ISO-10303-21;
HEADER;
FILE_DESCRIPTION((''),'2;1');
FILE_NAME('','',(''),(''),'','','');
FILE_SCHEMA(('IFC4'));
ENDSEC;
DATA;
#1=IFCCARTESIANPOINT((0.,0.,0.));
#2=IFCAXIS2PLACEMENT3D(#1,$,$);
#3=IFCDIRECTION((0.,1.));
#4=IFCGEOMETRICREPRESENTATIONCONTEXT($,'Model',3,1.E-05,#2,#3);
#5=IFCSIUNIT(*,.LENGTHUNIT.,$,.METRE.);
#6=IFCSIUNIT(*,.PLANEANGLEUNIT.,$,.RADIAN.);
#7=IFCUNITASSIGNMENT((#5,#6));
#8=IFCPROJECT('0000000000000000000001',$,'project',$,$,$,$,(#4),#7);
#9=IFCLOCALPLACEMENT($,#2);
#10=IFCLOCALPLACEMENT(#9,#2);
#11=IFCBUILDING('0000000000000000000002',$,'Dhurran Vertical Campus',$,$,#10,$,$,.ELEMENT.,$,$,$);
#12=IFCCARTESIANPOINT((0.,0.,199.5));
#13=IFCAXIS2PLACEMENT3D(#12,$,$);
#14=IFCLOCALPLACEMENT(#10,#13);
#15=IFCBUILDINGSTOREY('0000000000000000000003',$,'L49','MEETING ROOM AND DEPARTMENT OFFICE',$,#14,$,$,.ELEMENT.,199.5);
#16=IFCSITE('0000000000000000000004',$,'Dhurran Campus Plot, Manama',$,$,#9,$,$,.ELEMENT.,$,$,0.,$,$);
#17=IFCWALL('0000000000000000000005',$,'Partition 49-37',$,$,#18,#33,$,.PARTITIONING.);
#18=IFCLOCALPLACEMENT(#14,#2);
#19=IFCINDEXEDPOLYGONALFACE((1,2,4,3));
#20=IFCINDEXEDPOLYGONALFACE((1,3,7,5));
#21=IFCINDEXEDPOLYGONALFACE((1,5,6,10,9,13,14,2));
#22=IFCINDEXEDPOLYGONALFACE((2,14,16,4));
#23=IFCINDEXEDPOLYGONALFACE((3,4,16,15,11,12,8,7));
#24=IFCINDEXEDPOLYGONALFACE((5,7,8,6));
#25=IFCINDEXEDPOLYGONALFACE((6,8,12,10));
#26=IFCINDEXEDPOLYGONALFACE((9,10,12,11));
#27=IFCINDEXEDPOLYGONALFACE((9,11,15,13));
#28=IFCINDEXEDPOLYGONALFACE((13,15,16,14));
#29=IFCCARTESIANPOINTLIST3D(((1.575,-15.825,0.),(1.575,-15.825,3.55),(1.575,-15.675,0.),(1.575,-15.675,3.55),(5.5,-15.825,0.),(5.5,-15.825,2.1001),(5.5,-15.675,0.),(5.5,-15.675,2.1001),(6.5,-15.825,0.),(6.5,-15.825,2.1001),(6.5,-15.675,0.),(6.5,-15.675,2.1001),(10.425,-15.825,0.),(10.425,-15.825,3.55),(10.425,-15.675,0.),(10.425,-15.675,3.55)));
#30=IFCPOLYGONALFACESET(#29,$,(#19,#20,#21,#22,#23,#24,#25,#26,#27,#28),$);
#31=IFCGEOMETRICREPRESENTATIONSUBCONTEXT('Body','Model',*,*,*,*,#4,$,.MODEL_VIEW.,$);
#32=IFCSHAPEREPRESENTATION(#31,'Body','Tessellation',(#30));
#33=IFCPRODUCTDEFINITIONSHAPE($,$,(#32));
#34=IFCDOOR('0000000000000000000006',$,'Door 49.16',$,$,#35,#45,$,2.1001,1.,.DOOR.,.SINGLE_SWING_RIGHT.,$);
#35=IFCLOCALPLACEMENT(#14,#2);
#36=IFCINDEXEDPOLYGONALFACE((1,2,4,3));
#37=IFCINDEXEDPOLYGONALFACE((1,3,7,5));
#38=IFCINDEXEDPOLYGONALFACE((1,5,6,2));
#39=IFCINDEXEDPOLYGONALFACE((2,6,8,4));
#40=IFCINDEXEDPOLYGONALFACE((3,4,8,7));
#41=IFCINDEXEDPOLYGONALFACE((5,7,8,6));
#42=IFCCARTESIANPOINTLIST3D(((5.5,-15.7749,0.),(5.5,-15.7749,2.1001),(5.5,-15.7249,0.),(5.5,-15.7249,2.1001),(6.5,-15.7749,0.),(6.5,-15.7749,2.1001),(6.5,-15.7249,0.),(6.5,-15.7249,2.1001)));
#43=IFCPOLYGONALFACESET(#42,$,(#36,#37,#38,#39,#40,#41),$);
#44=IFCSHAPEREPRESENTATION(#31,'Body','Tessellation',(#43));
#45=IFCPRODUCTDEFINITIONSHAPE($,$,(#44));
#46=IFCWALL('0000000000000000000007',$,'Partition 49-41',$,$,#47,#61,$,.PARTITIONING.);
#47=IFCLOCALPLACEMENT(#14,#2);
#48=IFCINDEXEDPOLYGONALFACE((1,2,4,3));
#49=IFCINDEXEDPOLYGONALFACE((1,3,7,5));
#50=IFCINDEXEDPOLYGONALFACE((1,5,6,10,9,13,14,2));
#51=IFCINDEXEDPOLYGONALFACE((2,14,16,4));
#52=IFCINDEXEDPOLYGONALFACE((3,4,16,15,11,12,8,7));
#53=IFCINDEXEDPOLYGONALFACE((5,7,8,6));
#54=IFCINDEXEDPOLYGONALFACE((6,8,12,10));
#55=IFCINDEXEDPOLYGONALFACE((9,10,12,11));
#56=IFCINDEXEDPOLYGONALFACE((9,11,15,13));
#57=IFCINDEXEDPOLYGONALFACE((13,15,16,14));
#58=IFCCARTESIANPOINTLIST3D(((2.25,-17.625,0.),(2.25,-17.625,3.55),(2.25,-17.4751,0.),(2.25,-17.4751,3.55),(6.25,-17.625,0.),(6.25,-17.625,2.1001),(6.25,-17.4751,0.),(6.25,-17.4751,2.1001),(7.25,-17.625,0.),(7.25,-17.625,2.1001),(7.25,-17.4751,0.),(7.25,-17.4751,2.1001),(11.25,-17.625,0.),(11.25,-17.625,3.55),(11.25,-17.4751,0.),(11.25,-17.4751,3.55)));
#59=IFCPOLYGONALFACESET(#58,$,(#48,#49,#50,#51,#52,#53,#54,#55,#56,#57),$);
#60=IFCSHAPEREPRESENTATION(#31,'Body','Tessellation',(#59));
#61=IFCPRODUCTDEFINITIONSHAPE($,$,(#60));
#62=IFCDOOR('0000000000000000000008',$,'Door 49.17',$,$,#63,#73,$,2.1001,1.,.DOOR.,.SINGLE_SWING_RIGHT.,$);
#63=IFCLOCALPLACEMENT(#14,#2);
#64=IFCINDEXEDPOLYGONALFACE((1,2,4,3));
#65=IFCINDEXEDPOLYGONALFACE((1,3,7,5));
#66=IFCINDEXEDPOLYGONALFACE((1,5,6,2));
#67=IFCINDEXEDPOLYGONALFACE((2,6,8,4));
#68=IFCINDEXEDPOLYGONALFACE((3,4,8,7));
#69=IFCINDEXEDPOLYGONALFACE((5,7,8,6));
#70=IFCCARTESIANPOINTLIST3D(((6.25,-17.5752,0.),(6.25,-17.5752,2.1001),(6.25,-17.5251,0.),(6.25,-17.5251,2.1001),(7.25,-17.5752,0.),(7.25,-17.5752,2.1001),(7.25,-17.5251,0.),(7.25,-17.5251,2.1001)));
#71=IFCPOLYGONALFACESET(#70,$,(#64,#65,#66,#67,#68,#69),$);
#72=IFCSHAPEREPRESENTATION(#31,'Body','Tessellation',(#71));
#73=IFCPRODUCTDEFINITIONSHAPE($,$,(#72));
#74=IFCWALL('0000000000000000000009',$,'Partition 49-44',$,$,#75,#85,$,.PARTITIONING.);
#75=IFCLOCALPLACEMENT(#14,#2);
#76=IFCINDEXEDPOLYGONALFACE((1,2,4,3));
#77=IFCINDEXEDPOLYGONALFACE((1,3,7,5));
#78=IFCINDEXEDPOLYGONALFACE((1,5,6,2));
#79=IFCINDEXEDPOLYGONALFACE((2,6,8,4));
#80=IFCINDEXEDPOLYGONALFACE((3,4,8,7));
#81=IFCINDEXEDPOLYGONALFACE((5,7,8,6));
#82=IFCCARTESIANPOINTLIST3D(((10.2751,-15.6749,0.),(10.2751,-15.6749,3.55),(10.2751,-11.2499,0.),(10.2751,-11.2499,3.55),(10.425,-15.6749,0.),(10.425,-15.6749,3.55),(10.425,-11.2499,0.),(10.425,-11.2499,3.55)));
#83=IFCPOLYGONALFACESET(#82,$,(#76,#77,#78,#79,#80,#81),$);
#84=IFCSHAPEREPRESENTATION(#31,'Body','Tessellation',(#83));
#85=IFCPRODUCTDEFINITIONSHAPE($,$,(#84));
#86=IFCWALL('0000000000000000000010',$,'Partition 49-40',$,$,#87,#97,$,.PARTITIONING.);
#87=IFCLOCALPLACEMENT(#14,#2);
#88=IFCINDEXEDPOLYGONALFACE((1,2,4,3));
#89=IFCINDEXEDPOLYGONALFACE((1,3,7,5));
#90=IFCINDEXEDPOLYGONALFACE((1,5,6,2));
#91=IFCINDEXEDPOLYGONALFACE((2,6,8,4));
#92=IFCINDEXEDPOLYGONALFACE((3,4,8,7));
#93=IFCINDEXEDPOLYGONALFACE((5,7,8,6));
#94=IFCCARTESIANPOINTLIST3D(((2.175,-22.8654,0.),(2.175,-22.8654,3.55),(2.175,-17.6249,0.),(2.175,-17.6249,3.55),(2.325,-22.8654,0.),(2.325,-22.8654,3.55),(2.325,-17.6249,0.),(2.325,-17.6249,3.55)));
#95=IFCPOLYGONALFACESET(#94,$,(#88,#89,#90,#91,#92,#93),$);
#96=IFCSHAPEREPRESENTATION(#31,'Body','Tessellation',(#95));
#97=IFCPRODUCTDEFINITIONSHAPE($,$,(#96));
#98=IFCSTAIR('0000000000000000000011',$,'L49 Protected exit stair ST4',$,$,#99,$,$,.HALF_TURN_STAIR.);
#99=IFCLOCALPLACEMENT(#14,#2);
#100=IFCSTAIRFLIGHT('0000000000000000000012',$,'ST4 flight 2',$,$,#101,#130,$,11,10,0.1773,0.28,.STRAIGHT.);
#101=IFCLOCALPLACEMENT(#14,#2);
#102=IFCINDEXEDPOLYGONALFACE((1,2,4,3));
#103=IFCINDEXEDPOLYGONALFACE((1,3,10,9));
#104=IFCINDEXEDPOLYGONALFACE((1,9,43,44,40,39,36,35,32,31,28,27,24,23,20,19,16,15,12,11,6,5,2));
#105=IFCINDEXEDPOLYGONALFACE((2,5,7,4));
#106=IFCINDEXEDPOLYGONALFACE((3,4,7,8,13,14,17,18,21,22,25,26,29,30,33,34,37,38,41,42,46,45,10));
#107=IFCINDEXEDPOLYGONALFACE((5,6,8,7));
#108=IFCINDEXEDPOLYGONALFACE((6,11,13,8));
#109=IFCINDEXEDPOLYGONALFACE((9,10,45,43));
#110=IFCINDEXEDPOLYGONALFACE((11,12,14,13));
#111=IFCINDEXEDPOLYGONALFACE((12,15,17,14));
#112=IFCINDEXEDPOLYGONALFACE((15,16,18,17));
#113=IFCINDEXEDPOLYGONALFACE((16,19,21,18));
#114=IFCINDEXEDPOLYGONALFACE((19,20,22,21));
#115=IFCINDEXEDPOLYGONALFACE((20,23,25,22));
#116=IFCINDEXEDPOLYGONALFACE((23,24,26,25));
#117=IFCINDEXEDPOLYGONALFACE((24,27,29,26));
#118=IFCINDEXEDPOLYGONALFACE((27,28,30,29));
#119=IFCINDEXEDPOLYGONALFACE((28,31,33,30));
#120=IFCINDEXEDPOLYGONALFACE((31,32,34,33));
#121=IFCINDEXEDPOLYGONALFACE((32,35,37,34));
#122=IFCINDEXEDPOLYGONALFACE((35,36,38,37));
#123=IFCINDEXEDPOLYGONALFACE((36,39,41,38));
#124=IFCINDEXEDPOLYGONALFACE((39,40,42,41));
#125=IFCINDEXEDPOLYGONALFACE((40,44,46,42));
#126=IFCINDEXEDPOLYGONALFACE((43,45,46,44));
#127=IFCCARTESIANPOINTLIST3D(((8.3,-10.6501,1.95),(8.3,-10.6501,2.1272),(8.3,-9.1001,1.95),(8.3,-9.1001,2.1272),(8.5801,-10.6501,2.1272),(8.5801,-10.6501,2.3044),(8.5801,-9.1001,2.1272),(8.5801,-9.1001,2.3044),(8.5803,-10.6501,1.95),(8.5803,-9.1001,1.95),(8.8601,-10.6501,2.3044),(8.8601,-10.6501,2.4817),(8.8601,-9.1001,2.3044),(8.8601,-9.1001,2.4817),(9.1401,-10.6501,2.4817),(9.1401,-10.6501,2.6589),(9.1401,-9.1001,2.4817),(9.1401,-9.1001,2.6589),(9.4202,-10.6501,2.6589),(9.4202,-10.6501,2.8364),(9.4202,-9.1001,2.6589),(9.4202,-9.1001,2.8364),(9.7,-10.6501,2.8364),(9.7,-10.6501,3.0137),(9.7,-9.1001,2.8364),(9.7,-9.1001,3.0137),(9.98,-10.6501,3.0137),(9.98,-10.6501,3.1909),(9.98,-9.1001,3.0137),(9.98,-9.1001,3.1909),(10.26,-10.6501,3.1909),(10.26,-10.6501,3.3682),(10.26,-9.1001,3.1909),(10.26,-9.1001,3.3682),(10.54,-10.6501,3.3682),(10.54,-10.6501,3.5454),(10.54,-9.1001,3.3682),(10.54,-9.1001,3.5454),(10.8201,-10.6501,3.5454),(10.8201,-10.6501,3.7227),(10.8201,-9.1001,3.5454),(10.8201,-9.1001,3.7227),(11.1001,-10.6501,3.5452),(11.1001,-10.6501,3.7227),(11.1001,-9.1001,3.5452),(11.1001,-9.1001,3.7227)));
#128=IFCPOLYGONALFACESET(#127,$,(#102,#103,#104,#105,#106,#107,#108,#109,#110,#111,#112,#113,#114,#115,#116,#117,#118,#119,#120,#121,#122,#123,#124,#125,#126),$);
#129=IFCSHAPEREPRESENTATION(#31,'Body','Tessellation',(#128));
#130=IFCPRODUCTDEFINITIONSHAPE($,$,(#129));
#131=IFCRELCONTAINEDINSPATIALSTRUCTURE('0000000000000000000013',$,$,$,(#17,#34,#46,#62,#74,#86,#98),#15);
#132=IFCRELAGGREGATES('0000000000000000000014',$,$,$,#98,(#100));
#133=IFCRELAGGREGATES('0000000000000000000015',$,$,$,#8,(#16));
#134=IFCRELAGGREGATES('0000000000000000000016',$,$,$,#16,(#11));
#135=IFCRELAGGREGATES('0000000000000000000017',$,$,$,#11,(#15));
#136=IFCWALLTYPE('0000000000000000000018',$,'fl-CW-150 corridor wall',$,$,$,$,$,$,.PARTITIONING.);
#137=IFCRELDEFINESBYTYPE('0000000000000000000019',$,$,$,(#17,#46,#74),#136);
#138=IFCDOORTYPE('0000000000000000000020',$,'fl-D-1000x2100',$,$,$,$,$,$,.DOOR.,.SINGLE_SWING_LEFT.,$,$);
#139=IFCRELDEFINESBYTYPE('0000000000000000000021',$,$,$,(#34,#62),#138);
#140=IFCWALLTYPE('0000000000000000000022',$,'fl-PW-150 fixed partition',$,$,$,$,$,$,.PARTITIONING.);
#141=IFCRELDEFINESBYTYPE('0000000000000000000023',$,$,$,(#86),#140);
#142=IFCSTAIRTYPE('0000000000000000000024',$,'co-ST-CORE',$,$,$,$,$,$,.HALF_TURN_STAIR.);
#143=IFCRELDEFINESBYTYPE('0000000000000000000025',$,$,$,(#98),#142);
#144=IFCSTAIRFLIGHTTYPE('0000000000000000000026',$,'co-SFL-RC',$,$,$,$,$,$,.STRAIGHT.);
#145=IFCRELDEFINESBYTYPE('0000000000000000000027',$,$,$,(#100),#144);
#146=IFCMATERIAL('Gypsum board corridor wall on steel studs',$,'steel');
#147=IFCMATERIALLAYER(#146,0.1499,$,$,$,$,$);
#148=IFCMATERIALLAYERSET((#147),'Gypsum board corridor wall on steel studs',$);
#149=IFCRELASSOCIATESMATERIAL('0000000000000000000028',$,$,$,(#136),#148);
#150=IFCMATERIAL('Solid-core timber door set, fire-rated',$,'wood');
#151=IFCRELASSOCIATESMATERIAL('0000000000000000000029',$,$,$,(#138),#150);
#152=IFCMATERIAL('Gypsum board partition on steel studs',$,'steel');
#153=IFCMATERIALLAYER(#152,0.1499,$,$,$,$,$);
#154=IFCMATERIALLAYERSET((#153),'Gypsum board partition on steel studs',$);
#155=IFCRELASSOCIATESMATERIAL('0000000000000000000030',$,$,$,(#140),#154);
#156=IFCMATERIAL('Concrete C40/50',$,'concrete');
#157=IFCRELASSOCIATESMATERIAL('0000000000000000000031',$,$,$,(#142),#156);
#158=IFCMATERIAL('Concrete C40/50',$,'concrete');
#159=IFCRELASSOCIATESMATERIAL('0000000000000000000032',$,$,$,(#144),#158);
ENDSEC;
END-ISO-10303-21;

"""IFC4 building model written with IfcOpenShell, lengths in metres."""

from ifc_helpers import new_model, si_unit, direction, frame, frame_2d, origin, place, context, subcontext, project, spatial, polyline, rectangle, outline, extrude, material, layer, layer_set, type_object, element, fill, aggregate, save


model = new_model("IFC4")

# Units and contexts
model_context = context("Model", 3, precision=1e-05, world=origin(), true_north=direction((0.0, 1.0)))
body_context = subcontext(model_context, "Body", "Model", "MODEL_VIEW")
ifc_project = project(units=[si_unit("LENGTHUNIT", "METRE"), si_unit("PLANEANGLEUNIT", "RADIAN")], contexts=[model_context])

# Site, building, storey
site_placement = place(None, origin())
site = spatial("IfcSite", under=ifc_project, at=site_placement, Name="Dhurran Campus Plot, Manama", CompositionType="ELEMENT", RefElevation=0.0)
building_placement = place(site_placement, origin())
building = spatial("IfcBuilding", under=site, at=building_placement, Name="Dhurran Vertical Campus", CompositionType="ELEMENT")
storey_placement = place(building_placement, frame((0.0, 0.0, 199.5)))
storey = spatial("IfcBuildingStorey", under=building, at=storey_placement, Name="L49", Description="MEETING ROOM AND DEPARTMENT OFFICE", CompositionType="ELEMENT", Elevation=199.5)

# Shared definitions
ifc_material_1 = material(Name="Gypsum board corridor wall on steel studs", Category="steel")
ifc_layer_1 = layer(ifc_material_1, 0.1499)
ifc_layer_set_1 = layer_set([ifc_layer_1], Name="Gypsum board corridor wall on steel studs")
wall_type_1 = type_object("IfcWallType", Name="fl-CW-150 corridor wall", PredefinedType="PARTITIONING", material=ifc_layer_set_1)

# Walls, openings, doors
wall_1_placement = place(storey_placement, frame((10.425, -15.75, 0.0), z_axis=(0.0, 0.0, 1.0), x_axis=(-1.0, 0.0, 0.0)))
wall_1 = element("IfcWall", 1, at=wall_1_placement, inside=storey, type_object=wall_type_1, Name="Partition 49-37", PredefinedType="PARTITIONING", context=body_context, shape_type="SweptSolid", body=[
    extrude(rectangle(XDim=8.8501, YDim=0.1499, at=frame_2d((4.425, 0.0))), origin(), (0.0, 0.0, 1.0), 3.55),
])
opening_1_placement = place(wall_1_placement, frame((3.925, 0.0, 0.0)))
opening_1 = element("IfcOpeningElement", 2, at=opening_1_placement, cuts=wall_1, PredefinedType="OPENING", context=body_context, shape_type="SweptSolid", body=[
    extrude(rectangle(XDim=1.0, YDim=2.1001, at=frame_2d((0.5, 1.05))), frame((0.0, 0.085, 0.0), z_axis=(0.0, -1.0, 0.0), x_axis=(1.0, 0.0, 0.0)), (0.0, 0.0, 1.0), 0.1699),
])
ifc_material_2 = material(Name="Solid-core timber door set, fire-rated", Category="wood")
door_type_1 = type_object("IfcDoorType", Name="fl-D-1000x2100", OperationType="SINGLE_SWING_LEFT", PredefinedType="DOOR", material=ifc_material_2)
door_1_placement = place(opening_1_placement, origin())
door_1 = element("IfcDoor", 3, at=door_1_placement, inside=storey, type_object=door_type_1, Name="Door 49.16", OperationType="SINGLE_SWING_RIGHT", OverallHeight=2.1001, OverallWidth=1.0, PredefinedType="DOOR", context=body_context, shape_type="SweptSolid", body=[
    extrude(rectangle(XDim=1.0, YDim=2.1001, at=frame_2d((0.5, 1.05))), frame((0.0, 0.0249, 0.0), z_axis=(0.0, -1.0, 0.0), x_axis=(1.0, 0.0, 0.0)), (0.0, 0.0, 1.0), 0.05),
])
fill(opening_1, door_1)
wall_2_placement = place(storey_placement, frame((2.25, -17.55, 0.0), z_axis=(0.0, 0.0, 1.0), x_axis=(1.0, 0.0, 0.0)))
wall_2 = element("IfcWall", 4, at=wall_2_placement, inside=storey, type_object=wall_type_1, Name="Partition 49-41", PredefinedType="PARTITIONING", context=body_context, shape_type="SweptSolid", body=[
    extrude(rectangle(XDim=9.0, YDim=0.1499, at=frame_2d((4.5, 0.0))), origin(), (0.0, 0.0, 1.0), 3.55),
])
opening_2_placement = place(wall_2_placement, frame((4.0, 0.0, 0.0)))
opening_2 = element("IfcOpeningElement", 5, at=opening_2_placement, cuts=wall_2, PredefinedType="OPENING", context=body_context, shape_type="SweptSolid", body=[
    extrude(rectangle(XDim=1.0, YDim=2.1001, at=frame_2d((0.5, 1.05))), frame((0.0, 0.085, 0.0), z_axis=(0.0, -1.0, 0.0), x_axis=(1.0, 0.0, 0.0)), (0.0, 0.0, 1.0), 0.1699),
])
door_2_placement = place(opening_2_placement, origin())
door_2 = element("IfcDoor", 6, at=door_2_placement, inside=storey, type_object=door_type_1, Name="Door 49.17", OperationType="SINGLE_SWING_RIGHT", OverallHeight=2.1001, OverallWidth=1.0, PredefinedType="DOOR", context=body_context, shape_type="SweptSolid", body=[
    extrude(rectangle(XDim=1.0, YDim=2.1001, at=frame_2d((0.5, 1.05))), frame((0.0, 0.0249, 0.0), z_axis=(0.0, -1.0, 0.0), x_axis=(1.0, 0.0, 0.0)), (0.0, 0.0, 1.0), 0.05),
])
fill(opening_2, door_2)

# Walls
wall_3_placement = place(storey_placement, frame((10.3501, -11.25, 0.0), z_axis=(0.0, 0.0, 1.0), x_axis=(0.0, -1.0, 0.0)))
element("IfcWall", 7, at=wall_3_placement, inside=storey, type_object=wall_type_1, Name="Partition 49-44", PredefinedType="PARTITIONING", context=body_context, shape_type="SweptSolid", body=[
    extrude(rectangle(XDim=4.425, YDim=0.1499, at=frame_2d((2.2124, 0.0))), origin(), (0.0, 0.0, 1.0), 3.55),
])
ifc_material_3 = material(Name="Gypsum board partition on steel studs", Category="steel")
ifc_layer_2 = layer(ifc_material_3, 0.1499)
ifc_layer_set_2 = layer_set([ifc_layer_2], Name="Gypsum board partition on steel studs")
wall_type_2 = type_object("IfcWallType", Name="fl-PW-150 fixed partition", PredefinedType="PARTITIONING", material=ifc_layer_set_2)
wall_4_placement = place(storey_placement, frame((2.25, -17.625, 0.0), z_axis=(0.0, 0.0, 1.0), x_axis=(0.0, -1.0, 0.0)))
element("IfcWall", 8, at=wall_4_placement, inside=storey, type_object=wall_type_2, Name="Partition 49-40", PredefinedType="PARTITIONING", context=body_context, shape_type="SweptSolid", body=[
    extrude(rectangle(XDim=5.2405, YDim=0.1499, at=frame_2d((2.6201, 0.0))), origin(), (0.0, 0.0, 1.0), 3.55),
])

# Stair, stair flight
ifc_material_4 = material(Name="Concrete C40/50", Category="concrete")
stair_type = type_object("IfcStairType", Name="co-ST-CORE", PredefinedType="HALF_TURN_STAIR", material=ifc_material_4)
stair_placement = place(storey_placement, origin())
stair = element("IfcStair", 9, at=stair_placement, inside=storey, type_object=stair_type, Name="L49 Protected exit stair ST4", PredefinedType="HALF_TURN_STAIR")
ifc_material_5 = material(Name="Concrete C40/50", Category="concrete")
stair_flight_type = type_object("IfcStairFlightType", Name="co-SFL-RC", PredefinedType="STRAIGHT", material=ifc_material_5)
stair_flight_placement = place(storey_placement, frame((8.3, -9.875, 1.95), z_axis=(0.0, 0.0, 1.0), x_axis=(1.0, 0.0, 0.0)))
stair_flight = element("IfcStairFlight", 10, at=stair_flight_placement, type_object=stair_flight_type, Name="ST4 flight 2", NumberOfRisers=11, NumberOfTreads=10, PredefinedType="STRAIGHT", RiserHeight=0.1773, TreadLength=0.28, context=body_context, shape_type="SweptSolid", body=[
    extrude(outline(polyline([(0.0, 0.0), (0.0, 0.1772), (0.28, 0.1772), (0.28, 0.3545), (0.5601, 0.3545), (0.5601, 0.5317), (0.8401, 0.5317), (0.8401, 0.709), (1.1201, 0.709), (1.1201, 0.8865), (1.3999, 0.8865), (1.3999, 1.0637), (1.6799, 1.0637), (1.6799, 1.241), (1.96, 1.241), (1.96, 1.4182), (2.24, 1.4182), (2.24, 1.5955), (2.52, 1.5955), (2.52, 1.7727), (2.8, 1.7727), (2.8, 1.95), (2.8, 1.5952), (0.2803, 0.0), (0.0, 0.0)])), frame((0.0, 0.7749, 0.0), z_axis=(0.0, -1.0, 0.0), x_axis=(1.0, 0.0, 0.0)), (0.0, 0.0, 1.0), 1.55),
])
aggregate(stair, [stair_flight])

save(model, "model.ifc")
